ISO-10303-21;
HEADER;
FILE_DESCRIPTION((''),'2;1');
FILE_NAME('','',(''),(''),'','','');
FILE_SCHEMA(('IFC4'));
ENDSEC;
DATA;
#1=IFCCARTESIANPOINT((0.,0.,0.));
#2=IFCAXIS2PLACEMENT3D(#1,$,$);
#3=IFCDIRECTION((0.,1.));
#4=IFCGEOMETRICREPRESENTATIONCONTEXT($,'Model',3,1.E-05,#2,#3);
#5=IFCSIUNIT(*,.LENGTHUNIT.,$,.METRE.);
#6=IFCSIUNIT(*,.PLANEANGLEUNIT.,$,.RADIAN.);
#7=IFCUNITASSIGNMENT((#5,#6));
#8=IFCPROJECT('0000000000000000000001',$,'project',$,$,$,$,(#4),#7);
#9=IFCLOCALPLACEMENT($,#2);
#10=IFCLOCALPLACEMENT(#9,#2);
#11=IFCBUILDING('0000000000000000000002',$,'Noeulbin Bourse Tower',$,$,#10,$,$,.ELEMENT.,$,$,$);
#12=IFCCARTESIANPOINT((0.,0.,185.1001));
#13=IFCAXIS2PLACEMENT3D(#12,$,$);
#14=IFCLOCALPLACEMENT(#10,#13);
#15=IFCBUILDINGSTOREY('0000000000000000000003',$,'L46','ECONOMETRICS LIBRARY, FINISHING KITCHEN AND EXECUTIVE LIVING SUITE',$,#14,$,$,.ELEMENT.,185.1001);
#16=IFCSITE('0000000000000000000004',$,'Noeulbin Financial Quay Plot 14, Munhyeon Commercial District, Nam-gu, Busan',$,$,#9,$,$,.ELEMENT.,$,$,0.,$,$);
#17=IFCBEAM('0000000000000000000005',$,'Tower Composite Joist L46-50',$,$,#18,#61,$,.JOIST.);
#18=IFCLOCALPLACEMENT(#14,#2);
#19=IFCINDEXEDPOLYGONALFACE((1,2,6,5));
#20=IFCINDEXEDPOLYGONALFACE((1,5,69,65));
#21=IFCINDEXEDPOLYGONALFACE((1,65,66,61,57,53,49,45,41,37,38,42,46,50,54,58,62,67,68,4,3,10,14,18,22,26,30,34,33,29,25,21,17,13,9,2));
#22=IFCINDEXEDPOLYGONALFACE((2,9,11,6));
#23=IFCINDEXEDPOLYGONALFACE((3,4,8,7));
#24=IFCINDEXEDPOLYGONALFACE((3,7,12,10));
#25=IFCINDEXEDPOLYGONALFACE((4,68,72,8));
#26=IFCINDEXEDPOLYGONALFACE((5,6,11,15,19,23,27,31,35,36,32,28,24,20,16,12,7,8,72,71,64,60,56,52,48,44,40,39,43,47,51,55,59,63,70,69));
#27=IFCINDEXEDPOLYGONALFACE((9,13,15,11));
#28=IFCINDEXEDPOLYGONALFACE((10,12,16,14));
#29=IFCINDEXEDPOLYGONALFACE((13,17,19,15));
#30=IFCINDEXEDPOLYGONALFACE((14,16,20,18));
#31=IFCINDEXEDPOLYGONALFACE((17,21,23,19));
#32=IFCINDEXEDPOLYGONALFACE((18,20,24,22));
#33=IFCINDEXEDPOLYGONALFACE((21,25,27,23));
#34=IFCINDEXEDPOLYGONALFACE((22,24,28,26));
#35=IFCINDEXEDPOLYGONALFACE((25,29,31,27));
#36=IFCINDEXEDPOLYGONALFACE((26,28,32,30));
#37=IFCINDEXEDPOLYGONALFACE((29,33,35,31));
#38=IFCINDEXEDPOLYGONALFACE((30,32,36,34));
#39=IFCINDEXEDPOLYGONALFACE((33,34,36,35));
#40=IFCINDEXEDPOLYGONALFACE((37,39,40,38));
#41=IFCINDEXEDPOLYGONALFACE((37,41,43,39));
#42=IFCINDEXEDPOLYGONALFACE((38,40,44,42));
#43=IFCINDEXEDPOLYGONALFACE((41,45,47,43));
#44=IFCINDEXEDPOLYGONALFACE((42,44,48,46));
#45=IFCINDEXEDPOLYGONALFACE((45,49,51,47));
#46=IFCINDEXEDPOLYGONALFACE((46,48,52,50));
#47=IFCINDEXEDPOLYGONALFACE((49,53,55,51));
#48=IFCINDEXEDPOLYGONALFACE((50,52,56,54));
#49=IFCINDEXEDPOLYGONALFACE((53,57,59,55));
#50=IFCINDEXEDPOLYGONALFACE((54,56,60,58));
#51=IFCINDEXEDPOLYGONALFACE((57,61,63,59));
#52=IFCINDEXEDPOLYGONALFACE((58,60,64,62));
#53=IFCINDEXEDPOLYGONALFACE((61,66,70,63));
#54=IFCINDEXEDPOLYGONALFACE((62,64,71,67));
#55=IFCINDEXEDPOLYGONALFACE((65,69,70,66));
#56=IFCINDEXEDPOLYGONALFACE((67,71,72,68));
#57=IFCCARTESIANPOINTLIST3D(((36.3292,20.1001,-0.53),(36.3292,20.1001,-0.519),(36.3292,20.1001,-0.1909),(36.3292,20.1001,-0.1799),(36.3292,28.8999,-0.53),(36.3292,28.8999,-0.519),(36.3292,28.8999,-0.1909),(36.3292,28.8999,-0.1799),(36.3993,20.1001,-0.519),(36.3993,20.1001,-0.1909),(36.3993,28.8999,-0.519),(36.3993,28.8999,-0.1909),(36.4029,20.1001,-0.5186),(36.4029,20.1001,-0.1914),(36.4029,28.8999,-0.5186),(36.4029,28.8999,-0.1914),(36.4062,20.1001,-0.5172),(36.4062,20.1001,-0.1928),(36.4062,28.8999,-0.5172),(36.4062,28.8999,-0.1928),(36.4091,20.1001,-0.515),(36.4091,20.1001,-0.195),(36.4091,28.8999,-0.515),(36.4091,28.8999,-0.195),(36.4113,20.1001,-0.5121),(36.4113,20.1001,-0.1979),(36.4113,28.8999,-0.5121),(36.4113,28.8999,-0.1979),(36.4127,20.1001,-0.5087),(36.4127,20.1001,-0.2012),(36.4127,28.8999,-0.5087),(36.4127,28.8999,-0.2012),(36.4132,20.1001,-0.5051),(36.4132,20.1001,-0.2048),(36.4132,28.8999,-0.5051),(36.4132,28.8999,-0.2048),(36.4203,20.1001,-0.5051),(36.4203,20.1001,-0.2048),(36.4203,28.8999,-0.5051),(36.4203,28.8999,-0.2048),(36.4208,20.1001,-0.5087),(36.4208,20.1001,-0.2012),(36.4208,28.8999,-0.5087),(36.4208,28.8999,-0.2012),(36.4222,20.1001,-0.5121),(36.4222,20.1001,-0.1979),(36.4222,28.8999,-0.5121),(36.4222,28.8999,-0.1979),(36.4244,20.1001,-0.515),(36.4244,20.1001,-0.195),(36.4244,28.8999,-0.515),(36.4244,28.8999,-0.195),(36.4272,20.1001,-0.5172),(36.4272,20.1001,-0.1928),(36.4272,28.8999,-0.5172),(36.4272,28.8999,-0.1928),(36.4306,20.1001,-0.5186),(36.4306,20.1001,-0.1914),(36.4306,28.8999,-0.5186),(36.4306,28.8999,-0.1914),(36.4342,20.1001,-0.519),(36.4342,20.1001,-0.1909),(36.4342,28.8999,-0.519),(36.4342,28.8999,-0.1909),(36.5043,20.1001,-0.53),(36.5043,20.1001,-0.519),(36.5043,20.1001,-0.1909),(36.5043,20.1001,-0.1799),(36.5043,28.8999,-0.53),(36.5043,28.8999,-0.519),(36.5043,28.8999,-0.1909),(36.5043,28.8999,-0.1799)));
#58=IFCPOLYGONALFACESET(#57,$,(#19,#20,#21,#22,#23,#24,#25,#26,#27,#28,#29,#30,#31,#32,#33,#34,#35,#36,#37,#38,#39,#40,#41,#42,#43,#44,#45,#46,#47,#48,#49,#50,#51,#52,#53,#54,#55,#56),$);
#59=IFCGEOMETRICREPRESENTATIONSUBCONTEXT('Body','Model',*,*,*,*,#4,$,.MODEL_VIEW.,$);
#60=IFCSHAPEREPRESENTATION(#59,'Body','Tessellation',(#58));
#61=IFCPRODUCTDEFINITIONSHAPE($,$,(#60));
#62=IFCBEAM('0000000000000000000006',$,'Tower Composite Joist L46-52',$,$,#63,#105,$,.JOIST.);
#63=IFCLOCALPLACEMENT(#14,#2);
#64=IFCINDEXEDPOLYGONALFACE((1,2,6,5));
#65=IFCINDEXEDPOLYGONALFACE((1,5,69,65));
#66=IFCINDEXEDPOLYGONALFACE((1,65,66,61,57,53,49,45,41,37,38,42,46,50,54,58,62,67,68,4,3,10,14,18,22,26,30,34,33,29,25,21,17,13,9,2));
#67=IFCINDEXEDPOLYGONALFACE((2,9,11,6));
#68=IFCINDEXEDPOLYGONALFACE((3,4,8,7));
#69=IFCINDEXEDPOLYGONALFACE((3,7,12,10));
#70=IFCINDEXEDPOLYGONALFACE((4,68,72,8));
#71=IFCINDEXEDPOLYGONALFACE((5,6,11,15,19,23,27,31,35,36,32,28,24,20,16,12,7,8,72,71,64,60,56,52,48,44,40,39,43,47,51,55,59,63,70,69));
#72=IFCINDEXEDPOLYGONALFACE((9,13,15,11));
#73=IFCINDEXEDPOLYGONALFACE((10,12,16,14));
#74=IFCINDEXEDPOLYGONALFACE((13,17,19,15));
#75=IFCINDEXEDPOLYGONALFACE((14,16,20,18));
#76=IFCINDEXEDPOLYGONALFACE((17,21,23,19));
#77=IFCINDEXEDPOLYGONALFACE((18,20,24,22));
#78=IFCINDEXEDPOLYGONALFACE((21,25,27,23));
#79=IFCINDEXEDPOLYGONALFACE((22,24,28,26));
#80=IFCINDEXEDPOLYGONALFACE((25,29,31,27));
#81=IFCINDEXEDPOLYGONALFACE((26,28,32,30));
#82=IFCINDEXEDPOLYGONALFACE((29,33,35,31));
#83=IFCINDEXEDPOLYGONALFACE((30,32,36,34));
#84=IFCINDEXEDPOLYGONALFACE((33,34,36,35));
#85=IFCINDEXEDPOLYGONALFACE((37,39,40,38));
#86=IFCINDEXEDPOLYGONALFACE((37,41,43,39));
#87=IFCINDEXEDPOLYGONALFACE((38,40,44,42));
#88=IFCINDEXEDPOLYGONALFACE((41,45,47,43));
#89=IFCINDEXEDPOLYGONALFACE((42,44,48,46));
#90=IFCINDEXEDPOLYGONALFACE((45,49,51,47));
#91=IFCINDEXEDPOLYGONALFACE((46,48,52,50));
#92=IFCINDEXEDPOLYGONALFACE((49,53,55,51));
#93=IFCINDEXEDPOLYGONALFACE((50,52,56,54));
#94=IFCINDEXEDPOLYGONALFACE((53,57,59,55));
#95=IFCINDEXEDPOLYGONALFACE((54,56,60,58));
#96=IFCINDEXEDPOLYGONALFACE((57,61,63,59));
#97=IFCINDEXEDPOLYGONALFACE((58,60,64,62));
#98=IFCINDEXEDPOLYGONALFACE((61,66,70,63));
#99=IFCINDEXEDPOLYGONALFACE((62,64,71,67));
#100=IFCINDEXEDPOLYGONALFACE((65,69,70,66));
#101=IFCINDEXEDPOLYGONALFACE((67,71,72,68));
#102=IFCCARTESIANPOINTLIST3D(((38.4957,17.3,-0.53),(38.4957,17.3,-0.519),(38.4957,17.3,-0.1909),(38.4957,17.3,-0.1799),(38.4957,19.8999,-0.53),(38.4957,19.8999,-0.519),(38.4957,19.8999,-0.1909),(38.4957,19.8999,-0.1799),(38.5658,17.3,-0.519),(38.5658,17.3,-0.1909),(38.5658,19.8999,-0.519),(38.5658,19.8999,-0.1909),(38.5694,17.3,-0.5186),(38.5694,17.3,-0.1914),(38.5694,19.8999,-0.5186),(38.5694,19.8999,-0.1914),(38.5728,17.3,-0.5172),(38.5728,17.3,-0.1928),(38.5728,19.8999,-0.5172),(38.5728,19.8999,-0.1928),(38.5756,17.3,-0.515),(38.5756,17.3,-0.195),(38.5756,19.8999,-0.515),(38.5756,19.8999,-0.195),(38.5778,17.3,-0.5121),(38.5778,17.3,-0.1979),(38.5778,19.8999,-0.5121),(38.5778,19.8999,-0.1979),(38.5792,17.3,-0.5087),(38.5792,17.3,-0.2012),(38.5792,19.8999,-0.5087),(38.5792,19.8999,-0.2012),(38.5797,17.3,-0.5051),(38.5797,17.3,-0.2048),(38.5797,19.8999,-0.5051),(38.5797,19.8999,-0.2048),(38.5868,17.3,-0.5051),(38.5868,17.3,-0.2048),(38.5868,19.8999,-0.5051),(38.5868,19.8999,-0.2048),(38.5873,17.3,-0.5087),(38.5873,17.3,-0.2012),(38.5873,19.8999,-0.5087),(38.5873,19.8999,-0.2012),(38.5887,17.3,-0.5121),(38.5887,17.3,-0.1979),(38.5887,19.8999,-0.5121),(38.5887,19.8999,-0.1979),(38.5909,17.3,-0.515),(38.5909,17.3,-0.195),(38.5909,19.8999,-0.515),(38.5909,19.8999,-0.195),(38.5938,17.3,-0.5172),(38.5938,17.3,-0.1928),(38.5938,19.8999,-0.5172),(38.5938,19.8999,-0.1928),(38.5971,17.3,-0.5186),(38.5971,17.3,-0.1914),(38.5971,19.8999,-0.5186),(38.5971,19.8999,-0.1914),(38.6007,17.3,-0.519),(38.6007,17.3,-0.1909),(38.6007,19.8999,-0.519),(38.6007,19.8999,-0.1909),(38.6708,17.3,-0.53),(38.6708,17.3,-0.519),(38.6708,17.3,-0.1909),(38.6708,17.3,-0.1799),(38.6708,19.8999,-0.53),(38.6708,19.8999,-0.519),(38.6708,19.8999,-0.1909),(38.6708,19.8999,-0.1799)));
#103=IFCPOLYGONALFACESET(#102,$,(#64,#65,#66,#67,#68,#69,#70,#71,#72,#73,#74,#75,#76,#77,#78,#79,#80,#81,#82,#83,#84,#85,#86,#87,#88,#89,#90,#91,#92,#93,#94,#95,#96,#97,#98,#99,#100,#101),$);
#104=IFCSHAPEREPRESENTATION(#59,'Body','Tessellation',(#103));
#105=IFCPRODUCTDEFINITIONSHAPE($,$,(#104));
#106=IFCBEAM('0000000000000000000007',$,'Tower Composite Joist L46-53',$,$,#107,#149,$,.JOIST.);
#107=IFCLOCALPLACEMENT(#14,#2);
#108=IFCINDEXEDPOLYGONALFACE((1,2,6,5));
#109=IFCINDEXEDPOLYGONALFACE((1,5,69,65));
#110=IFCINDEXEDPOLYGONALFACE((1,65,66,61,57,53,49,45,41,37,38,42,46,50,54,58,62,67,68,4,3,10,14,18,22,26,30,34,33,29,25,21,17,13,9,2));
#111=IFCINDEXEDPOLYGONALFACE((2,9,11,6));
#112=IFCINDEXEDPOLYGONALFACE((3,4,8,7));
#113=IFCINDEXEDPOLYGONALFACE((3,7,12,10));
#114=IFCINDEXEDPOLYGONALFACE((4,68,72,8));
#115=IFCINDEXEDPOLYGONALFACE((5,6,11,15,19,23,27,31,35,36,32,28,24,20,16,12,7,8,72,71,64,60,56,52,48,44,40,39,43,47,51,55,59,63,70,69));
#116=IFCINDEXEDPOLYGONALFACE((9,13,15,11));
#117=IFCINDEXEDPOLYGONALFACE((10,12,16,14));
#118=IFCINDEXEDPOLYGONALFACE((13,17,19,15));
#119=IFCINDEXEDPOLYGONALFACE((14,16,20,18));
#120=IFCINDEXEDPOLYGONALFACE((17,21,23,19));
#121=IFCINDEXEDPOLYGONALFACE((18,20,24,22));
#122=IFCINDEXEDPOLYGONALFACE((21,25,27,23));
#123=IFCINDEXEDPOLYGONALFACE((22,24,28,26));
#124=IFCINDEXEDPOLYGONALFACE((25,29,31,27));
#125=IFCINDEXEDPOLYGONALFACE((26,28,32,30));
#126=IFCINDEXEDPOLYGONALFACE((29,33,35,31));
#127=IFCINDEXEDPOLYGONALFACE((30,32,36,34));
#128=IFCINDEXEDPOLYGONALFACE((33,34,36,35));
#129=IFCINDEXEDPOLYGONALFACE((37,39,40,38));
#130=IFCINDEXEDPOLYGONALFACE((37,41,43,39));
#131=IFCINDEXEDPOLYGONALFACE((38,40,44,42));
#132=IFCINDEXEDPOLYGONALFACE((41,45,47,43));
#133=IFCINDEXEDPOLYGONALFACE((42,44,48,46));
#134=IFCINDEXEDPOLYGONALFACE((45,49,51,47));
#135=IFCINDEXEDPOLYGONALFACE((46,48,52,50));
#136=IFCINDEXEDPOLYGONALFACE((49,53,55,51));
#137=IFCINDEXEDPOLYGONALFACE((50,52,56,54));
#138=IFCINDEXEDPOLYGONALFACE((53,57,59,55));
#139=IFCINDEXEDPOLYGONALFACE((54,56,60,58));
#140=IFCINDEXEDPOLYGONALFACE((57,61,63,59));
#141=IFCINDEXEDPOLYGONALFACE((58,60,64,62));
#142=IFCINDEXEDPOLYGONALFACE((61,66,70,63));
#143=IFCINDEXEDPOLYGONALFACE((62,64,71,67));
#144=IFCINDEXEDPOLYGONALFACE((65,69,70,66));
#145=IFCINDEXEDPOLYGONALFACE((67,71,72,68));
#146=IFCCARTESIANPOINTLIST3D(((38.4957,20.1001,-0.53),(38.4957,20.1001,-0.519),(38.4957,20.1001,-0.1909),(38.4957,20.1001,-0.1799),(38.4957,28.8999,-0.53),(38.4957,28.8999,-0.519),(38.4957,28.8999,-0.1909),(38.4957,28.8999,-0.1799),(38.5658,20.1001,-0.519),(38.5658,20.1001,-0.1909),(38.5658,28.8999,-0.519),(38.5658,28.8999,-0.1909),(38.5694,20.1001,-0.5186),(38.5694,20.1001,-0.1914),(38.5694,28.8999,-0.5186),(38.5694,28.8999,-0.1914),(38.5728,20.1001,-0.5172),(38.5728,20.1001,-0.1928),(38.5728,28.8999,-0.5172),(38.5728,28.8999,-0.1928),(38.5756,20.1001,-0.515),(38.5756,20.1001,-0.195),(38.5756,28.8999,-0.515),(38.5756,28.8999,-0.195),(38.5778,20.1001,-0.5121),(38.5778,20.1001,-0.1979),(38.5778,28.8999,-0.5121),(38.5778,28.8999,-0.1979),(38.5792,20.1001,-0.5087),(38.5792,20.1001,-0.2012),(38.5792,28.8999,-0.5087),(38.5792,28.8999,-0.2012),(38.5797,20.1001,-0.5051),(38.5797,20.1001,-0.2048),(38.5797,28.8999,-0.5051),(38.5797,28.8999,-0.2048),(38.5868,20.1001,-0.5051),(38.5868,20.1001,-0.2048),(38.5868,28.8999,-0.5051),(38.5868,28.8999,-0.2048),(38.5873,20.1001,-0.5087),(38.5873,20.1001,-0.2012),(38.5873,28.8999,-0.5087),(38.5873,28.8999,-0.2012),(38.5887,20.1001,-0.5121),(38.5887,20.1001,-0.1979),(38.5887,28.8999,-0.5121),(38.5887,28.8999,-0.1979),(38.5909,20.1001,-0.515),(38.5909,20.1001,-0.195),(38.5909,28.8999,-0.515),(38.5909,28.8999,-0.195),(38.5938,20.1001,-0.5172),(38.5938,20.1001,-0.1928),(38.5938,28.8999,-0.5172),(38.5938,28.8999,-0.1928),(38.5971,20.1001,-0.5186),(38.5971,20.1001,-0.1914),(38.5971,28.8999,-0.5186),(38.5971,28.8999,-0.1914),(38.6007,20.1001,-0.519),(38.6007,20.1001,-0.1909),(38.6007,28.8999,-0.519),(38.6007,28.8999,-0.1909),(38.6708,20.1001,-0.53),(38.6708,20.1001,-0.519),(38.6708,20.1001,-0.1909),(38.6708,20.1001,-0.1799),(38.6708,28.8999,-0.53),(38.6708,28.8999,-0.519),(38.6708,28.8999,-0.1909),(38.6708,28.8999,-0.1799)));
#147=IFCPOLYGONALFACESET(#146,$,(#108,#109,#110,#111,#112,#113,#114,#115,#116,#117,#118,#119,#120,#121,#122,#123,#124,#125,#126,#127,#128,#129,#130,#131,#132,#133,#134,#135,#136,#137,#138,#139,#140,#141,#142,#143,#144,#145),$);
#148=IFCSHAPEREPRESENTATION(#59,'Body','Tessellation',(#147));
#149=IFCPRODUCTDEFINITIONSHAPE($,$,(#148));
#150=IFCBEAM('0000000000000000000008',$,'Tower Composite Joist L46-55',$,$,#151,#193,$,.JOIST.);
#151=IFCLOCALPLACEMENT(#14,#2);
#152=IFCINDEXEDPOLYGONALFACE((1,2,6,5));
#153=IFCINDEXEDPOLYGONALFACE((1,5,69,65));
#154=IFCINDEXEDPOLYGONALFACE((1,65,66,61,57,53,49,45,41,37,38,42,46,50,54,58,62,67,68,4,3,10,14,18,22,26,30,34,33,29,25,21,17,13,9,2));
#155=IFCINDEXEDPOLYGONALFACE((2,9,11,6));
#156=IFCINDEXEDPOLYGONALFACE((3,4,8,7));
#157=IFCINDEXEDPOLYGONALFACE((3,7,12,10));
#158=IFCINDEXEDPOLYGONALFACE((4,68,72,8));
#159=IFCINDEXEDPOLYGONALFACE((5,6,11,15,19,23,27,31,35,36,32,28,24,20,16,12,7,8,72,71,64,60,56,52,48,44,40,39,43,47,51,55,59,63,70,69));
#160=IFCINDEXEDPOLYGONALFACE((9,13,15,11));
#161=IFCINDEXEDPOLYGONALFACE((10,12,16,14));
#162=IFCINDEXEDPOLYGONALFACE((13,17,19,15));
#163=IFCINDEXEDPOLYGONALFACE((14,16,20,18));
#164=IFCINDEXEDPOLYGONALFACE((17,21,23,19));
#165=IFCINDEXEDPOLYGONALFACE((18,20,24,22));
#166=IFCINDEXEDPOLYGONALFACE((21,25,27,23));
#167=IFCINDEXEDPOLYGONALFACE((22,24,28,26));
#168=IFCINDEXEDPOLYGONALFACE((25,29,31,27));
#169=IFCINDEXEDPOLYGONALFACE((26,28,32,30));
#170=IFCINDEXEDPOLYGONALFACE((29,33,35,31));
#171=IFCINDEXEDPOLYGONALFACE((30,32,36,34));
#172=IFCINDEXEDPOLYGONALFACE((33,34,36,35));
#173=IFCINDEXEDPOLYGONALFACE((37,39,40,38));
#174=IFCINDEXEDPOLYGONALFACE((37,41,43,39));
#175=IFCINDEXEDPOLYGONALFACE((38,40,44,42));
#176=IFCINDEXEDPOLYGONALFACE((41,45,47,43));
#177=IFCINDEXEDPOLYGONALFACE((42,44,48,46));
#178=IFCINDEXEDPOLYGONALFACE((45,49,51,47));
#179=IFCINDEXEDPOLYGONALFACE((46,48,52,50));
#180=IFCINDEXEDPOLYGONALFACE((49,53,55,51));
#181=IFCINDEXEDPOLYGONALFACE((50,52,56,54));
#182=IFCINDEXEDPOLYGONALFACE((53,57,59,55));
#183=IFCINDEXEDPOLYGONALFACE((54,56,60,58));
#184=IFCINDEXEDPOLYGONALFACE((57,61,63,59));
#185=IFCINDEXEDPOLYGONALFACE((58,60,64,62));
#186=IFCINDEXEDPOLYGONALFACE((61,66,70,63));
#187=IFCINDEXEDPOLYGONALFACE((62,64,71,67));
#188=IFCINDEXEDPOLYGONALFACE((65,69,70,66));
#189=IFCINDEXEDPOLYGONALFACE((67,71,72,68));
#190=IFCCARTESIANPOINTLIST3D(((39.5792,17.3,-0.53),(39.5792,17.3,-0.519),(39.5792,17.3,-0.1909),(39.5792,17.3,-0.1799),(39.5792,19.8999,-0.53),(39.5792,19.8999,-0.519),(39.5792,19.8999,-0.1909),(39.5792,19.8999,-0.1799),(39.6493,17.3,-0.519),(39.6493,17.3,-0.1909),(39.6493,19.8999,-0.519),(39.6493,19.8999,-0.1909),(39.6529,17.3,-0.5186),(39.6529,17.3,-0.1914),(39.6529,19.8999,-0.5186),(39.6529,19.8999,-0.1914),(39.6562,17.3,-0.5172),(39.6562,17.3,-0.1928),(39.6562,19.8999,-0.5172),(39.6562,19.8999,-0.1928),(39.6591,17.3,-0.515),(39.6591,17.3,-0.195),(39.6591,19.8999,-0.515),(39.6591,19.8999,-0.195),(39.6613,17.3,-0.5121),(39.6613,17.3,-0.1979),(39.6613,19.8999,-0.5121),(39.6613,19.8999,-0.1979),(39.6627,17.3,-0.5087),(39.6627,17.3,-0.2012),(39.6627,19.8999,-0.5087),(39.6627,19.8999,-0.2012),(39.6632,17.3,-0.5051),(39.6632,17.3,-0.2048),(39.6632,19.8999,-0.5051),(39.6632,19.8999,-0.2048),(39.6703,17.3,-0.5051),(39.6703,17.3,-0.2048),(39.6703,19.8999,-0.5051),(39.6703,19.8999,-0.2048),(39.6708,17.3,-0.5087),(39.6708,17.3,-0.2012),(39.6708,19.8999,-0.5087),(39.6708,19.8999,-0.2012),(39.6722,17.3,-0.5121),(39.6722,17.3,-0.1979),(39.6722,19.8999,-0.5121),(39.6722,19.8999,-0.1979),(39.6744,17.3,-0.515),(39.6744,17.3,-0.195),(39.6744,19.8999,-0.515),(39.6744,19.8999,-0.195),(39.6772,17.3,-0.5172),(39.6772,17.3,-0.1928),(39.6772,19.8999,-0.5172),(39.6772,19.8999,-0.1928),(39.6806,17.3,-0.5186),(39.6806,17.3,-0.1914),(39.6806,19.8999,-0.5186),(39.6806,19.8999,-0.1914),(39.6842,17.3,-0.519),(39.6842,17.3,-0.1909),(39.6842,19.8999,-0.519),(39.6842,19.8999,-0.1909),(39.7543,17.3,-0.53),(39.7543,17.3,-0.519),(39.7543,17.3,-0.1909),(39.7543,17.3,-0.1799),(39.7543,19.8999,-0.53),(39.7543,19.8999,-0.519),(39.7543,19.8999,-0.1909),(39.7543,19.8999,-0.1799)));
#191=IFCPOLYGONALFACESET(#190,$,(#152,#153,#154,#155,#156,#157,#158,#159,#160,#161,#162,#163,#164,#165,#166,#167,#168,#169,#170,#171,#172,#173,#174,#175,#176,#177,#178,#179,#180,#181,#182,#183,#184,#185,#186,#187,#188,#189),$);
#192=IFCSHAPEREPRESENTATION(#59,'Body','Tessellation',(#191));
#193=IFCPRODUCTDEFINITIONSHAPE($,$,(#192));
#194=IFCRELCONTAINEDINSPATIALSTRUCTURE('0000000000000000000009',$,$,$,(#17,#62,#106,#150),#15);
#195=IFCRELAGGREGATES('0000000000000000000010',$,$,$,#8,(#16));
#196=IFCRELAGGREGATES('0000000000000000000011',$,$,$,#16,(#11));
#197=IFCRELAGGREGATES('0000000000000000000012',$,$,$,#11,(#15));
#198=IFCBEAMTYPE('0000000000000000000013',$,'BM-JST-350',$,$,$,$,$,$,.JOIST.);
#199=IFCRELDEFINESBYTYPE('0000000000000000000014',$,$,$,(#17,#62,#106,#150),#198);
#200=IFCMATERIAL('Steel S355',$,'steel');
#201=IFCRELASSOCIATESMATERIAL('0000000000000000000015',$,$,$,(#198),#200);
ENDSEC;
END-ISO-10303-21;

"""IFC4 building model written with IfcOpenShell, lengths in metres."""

from ifc_helpers import new_model, si_unit, direction, frame, origin, origin_2d, place, context, subcontext, project, spatial, i_section, extrude, material, material_profile, profile_set, type_object, element, save


model = new_model("IFC4")

# Units and contexts
model_context = context("Model", 3, precision=1e-05, world=origin(), true_north=direction((0.0, 1.0)))
body_context = subcontext(model_context, "Body", "Model", "MODEL_VIEW")
ifc_project = project(units=[si_unit("LENGTHUNIT", "METRE"), si_unit("PLANEANGLEUNIT", "RADIAN")], contexts=[model_context])

# Site, building, storey
site_placement = place(None, origin())
site = spatial("IfcSite", under=ifc_project, at=site_placement, Name="Noeulbin Financial Quay Plot 14, Munhyeon Commercial District, Nam-gu, Busan", CompositionType="ELEMENT", RefElevation=0.0)
building_placement = place(site_placement, origin())
building = spatial("IfcBuilding", under=site, at=building_placement, Name="Noeulbin Bourse Tower", CompositionType="ELEMENT")
storey_placement = place(building_placement, frame((0.0, 0.0, 185.1001)))
storey = spatial("IfcBuildingStorey", under=building, at=storey_placement, Name="L46", Description="ECONOMETRICS LIBRARY, FINISHING KITCHEN AND EXECUTIVE LIVING SUITE", CompositionType="ELEMENT", Elevation=185.1001)

# Beams
ifc_material_1 = material(Name="Steel S355", Category="steel")
ifc_material_profile_1 = material_profile(ifc_material_1, i_section(OverallWidth=0.175, OverallDepth=0.3501, WebThickness=0.0071, FlangeThickness=0.011, FilletRadius=0.0139, at=origin_2d()), Name="H-350x175x7x11", Category="LoadBearing")
ifc_profile_set_1 = profile_set([ifc_material_profile_1], Name="Steel S355")
beam_type_1 = type_object("IfcBeamType", Name="BM-JST-350", PredefinedType="JOIST", material=ifc_profile_set_1)
beam_1_placement = place(storey_placement, frame((36.4167, 20.1001, -0.355), z_axis=(0.0, 1.0, 0.0), x_axis=(-1.0, 0.0, 0.0)))
element("IfcBeam", 1, at=beam_1_placement, inside=storey, type_object=beam_type_1, Name="Tower Composite Joist L46-50", PredefinedType="JOIST", context=body_context, shape_type="SweptSolid", body=[
    extrude(i_section(OverallWidth=0.175, OverallDepth=0.3501, WebThickness=0.0071, FlangeThickness=0.011, FilletRadius=0.0139, at=origin_2d()), origin(), (0.0, 0.0, 1.0), 8.7998),
])
beam_2_placement = place(storey_placement, frame((38.5833, 17.3, -0.355), z_axis=(0.0, 1.0, 0.0), x_axis=(-1.0, 0.0, 0.0)))
element("IfcBeam", 2, at=beam_2_placement, inside=storey, type_object=beam_type_1, Name="Tower Composite Joist L46-52", PredefinedType="JOIST", context=body_context, shape_type="SweptSolid", body=[
    extrude(i_section(OverallWidth=0.175, OverallDepth=0.3501, WebThickness=0.0071, FlangeThickness=0.011, FilletRadius=0.0139, at=origin_2d()), origin(), (0.0, 0.0, 1.0), 2.5999),
])
beam_3_placement = place(storey_placement, frame((38.5833, 20.1001, -0.355), z_axis=(0.0, 1.0, 0.0), x_axis=(-1.0, 0.0, 0.0)))
element("IfcBeam", 3, at=beam_3_placement, inside=storey, type_object=beam_type_1, Name="Tower Composite Joist L46-53", PredefinedType="JOIST", context=body_context, shape_type="SweptSolid", body=[
    extrude(i_section(OverallWidth=0.175, OverallDepth=0.3501, WebThickness=0.0071, FlangeThickness=0.011, FilletRadius=0.0139, at=origin_2d()), origin(), (0.0, 0.0, 1.0), 8.7998),
])
beam_4_placement = place(storey_placement, frame((39.6667, 17.3, -0.355), z_axis=(0.0, 1.0, 0.0), x_axis=(-1.0, 0.0, 0.0)))
element("IfcBeam", 4, at=beam_4_placement, inside=storey, type_object=beam_type_1, Name="Tower Composite Joist L46-55", PredefinedType="JOIST", context=body_context, shape_type="SweptSolid", body=[
    extrude(i_section(OverallWidth=0.175, OverallDepth=0.3501, WebThickness=0.0071, FlangeThickness=0.011, FilletRadius=0.0139, at=origin_2d()), origin(), (0.0, 0.0, 1.0), 2.5999),
])

save(model, "model.ifc")
